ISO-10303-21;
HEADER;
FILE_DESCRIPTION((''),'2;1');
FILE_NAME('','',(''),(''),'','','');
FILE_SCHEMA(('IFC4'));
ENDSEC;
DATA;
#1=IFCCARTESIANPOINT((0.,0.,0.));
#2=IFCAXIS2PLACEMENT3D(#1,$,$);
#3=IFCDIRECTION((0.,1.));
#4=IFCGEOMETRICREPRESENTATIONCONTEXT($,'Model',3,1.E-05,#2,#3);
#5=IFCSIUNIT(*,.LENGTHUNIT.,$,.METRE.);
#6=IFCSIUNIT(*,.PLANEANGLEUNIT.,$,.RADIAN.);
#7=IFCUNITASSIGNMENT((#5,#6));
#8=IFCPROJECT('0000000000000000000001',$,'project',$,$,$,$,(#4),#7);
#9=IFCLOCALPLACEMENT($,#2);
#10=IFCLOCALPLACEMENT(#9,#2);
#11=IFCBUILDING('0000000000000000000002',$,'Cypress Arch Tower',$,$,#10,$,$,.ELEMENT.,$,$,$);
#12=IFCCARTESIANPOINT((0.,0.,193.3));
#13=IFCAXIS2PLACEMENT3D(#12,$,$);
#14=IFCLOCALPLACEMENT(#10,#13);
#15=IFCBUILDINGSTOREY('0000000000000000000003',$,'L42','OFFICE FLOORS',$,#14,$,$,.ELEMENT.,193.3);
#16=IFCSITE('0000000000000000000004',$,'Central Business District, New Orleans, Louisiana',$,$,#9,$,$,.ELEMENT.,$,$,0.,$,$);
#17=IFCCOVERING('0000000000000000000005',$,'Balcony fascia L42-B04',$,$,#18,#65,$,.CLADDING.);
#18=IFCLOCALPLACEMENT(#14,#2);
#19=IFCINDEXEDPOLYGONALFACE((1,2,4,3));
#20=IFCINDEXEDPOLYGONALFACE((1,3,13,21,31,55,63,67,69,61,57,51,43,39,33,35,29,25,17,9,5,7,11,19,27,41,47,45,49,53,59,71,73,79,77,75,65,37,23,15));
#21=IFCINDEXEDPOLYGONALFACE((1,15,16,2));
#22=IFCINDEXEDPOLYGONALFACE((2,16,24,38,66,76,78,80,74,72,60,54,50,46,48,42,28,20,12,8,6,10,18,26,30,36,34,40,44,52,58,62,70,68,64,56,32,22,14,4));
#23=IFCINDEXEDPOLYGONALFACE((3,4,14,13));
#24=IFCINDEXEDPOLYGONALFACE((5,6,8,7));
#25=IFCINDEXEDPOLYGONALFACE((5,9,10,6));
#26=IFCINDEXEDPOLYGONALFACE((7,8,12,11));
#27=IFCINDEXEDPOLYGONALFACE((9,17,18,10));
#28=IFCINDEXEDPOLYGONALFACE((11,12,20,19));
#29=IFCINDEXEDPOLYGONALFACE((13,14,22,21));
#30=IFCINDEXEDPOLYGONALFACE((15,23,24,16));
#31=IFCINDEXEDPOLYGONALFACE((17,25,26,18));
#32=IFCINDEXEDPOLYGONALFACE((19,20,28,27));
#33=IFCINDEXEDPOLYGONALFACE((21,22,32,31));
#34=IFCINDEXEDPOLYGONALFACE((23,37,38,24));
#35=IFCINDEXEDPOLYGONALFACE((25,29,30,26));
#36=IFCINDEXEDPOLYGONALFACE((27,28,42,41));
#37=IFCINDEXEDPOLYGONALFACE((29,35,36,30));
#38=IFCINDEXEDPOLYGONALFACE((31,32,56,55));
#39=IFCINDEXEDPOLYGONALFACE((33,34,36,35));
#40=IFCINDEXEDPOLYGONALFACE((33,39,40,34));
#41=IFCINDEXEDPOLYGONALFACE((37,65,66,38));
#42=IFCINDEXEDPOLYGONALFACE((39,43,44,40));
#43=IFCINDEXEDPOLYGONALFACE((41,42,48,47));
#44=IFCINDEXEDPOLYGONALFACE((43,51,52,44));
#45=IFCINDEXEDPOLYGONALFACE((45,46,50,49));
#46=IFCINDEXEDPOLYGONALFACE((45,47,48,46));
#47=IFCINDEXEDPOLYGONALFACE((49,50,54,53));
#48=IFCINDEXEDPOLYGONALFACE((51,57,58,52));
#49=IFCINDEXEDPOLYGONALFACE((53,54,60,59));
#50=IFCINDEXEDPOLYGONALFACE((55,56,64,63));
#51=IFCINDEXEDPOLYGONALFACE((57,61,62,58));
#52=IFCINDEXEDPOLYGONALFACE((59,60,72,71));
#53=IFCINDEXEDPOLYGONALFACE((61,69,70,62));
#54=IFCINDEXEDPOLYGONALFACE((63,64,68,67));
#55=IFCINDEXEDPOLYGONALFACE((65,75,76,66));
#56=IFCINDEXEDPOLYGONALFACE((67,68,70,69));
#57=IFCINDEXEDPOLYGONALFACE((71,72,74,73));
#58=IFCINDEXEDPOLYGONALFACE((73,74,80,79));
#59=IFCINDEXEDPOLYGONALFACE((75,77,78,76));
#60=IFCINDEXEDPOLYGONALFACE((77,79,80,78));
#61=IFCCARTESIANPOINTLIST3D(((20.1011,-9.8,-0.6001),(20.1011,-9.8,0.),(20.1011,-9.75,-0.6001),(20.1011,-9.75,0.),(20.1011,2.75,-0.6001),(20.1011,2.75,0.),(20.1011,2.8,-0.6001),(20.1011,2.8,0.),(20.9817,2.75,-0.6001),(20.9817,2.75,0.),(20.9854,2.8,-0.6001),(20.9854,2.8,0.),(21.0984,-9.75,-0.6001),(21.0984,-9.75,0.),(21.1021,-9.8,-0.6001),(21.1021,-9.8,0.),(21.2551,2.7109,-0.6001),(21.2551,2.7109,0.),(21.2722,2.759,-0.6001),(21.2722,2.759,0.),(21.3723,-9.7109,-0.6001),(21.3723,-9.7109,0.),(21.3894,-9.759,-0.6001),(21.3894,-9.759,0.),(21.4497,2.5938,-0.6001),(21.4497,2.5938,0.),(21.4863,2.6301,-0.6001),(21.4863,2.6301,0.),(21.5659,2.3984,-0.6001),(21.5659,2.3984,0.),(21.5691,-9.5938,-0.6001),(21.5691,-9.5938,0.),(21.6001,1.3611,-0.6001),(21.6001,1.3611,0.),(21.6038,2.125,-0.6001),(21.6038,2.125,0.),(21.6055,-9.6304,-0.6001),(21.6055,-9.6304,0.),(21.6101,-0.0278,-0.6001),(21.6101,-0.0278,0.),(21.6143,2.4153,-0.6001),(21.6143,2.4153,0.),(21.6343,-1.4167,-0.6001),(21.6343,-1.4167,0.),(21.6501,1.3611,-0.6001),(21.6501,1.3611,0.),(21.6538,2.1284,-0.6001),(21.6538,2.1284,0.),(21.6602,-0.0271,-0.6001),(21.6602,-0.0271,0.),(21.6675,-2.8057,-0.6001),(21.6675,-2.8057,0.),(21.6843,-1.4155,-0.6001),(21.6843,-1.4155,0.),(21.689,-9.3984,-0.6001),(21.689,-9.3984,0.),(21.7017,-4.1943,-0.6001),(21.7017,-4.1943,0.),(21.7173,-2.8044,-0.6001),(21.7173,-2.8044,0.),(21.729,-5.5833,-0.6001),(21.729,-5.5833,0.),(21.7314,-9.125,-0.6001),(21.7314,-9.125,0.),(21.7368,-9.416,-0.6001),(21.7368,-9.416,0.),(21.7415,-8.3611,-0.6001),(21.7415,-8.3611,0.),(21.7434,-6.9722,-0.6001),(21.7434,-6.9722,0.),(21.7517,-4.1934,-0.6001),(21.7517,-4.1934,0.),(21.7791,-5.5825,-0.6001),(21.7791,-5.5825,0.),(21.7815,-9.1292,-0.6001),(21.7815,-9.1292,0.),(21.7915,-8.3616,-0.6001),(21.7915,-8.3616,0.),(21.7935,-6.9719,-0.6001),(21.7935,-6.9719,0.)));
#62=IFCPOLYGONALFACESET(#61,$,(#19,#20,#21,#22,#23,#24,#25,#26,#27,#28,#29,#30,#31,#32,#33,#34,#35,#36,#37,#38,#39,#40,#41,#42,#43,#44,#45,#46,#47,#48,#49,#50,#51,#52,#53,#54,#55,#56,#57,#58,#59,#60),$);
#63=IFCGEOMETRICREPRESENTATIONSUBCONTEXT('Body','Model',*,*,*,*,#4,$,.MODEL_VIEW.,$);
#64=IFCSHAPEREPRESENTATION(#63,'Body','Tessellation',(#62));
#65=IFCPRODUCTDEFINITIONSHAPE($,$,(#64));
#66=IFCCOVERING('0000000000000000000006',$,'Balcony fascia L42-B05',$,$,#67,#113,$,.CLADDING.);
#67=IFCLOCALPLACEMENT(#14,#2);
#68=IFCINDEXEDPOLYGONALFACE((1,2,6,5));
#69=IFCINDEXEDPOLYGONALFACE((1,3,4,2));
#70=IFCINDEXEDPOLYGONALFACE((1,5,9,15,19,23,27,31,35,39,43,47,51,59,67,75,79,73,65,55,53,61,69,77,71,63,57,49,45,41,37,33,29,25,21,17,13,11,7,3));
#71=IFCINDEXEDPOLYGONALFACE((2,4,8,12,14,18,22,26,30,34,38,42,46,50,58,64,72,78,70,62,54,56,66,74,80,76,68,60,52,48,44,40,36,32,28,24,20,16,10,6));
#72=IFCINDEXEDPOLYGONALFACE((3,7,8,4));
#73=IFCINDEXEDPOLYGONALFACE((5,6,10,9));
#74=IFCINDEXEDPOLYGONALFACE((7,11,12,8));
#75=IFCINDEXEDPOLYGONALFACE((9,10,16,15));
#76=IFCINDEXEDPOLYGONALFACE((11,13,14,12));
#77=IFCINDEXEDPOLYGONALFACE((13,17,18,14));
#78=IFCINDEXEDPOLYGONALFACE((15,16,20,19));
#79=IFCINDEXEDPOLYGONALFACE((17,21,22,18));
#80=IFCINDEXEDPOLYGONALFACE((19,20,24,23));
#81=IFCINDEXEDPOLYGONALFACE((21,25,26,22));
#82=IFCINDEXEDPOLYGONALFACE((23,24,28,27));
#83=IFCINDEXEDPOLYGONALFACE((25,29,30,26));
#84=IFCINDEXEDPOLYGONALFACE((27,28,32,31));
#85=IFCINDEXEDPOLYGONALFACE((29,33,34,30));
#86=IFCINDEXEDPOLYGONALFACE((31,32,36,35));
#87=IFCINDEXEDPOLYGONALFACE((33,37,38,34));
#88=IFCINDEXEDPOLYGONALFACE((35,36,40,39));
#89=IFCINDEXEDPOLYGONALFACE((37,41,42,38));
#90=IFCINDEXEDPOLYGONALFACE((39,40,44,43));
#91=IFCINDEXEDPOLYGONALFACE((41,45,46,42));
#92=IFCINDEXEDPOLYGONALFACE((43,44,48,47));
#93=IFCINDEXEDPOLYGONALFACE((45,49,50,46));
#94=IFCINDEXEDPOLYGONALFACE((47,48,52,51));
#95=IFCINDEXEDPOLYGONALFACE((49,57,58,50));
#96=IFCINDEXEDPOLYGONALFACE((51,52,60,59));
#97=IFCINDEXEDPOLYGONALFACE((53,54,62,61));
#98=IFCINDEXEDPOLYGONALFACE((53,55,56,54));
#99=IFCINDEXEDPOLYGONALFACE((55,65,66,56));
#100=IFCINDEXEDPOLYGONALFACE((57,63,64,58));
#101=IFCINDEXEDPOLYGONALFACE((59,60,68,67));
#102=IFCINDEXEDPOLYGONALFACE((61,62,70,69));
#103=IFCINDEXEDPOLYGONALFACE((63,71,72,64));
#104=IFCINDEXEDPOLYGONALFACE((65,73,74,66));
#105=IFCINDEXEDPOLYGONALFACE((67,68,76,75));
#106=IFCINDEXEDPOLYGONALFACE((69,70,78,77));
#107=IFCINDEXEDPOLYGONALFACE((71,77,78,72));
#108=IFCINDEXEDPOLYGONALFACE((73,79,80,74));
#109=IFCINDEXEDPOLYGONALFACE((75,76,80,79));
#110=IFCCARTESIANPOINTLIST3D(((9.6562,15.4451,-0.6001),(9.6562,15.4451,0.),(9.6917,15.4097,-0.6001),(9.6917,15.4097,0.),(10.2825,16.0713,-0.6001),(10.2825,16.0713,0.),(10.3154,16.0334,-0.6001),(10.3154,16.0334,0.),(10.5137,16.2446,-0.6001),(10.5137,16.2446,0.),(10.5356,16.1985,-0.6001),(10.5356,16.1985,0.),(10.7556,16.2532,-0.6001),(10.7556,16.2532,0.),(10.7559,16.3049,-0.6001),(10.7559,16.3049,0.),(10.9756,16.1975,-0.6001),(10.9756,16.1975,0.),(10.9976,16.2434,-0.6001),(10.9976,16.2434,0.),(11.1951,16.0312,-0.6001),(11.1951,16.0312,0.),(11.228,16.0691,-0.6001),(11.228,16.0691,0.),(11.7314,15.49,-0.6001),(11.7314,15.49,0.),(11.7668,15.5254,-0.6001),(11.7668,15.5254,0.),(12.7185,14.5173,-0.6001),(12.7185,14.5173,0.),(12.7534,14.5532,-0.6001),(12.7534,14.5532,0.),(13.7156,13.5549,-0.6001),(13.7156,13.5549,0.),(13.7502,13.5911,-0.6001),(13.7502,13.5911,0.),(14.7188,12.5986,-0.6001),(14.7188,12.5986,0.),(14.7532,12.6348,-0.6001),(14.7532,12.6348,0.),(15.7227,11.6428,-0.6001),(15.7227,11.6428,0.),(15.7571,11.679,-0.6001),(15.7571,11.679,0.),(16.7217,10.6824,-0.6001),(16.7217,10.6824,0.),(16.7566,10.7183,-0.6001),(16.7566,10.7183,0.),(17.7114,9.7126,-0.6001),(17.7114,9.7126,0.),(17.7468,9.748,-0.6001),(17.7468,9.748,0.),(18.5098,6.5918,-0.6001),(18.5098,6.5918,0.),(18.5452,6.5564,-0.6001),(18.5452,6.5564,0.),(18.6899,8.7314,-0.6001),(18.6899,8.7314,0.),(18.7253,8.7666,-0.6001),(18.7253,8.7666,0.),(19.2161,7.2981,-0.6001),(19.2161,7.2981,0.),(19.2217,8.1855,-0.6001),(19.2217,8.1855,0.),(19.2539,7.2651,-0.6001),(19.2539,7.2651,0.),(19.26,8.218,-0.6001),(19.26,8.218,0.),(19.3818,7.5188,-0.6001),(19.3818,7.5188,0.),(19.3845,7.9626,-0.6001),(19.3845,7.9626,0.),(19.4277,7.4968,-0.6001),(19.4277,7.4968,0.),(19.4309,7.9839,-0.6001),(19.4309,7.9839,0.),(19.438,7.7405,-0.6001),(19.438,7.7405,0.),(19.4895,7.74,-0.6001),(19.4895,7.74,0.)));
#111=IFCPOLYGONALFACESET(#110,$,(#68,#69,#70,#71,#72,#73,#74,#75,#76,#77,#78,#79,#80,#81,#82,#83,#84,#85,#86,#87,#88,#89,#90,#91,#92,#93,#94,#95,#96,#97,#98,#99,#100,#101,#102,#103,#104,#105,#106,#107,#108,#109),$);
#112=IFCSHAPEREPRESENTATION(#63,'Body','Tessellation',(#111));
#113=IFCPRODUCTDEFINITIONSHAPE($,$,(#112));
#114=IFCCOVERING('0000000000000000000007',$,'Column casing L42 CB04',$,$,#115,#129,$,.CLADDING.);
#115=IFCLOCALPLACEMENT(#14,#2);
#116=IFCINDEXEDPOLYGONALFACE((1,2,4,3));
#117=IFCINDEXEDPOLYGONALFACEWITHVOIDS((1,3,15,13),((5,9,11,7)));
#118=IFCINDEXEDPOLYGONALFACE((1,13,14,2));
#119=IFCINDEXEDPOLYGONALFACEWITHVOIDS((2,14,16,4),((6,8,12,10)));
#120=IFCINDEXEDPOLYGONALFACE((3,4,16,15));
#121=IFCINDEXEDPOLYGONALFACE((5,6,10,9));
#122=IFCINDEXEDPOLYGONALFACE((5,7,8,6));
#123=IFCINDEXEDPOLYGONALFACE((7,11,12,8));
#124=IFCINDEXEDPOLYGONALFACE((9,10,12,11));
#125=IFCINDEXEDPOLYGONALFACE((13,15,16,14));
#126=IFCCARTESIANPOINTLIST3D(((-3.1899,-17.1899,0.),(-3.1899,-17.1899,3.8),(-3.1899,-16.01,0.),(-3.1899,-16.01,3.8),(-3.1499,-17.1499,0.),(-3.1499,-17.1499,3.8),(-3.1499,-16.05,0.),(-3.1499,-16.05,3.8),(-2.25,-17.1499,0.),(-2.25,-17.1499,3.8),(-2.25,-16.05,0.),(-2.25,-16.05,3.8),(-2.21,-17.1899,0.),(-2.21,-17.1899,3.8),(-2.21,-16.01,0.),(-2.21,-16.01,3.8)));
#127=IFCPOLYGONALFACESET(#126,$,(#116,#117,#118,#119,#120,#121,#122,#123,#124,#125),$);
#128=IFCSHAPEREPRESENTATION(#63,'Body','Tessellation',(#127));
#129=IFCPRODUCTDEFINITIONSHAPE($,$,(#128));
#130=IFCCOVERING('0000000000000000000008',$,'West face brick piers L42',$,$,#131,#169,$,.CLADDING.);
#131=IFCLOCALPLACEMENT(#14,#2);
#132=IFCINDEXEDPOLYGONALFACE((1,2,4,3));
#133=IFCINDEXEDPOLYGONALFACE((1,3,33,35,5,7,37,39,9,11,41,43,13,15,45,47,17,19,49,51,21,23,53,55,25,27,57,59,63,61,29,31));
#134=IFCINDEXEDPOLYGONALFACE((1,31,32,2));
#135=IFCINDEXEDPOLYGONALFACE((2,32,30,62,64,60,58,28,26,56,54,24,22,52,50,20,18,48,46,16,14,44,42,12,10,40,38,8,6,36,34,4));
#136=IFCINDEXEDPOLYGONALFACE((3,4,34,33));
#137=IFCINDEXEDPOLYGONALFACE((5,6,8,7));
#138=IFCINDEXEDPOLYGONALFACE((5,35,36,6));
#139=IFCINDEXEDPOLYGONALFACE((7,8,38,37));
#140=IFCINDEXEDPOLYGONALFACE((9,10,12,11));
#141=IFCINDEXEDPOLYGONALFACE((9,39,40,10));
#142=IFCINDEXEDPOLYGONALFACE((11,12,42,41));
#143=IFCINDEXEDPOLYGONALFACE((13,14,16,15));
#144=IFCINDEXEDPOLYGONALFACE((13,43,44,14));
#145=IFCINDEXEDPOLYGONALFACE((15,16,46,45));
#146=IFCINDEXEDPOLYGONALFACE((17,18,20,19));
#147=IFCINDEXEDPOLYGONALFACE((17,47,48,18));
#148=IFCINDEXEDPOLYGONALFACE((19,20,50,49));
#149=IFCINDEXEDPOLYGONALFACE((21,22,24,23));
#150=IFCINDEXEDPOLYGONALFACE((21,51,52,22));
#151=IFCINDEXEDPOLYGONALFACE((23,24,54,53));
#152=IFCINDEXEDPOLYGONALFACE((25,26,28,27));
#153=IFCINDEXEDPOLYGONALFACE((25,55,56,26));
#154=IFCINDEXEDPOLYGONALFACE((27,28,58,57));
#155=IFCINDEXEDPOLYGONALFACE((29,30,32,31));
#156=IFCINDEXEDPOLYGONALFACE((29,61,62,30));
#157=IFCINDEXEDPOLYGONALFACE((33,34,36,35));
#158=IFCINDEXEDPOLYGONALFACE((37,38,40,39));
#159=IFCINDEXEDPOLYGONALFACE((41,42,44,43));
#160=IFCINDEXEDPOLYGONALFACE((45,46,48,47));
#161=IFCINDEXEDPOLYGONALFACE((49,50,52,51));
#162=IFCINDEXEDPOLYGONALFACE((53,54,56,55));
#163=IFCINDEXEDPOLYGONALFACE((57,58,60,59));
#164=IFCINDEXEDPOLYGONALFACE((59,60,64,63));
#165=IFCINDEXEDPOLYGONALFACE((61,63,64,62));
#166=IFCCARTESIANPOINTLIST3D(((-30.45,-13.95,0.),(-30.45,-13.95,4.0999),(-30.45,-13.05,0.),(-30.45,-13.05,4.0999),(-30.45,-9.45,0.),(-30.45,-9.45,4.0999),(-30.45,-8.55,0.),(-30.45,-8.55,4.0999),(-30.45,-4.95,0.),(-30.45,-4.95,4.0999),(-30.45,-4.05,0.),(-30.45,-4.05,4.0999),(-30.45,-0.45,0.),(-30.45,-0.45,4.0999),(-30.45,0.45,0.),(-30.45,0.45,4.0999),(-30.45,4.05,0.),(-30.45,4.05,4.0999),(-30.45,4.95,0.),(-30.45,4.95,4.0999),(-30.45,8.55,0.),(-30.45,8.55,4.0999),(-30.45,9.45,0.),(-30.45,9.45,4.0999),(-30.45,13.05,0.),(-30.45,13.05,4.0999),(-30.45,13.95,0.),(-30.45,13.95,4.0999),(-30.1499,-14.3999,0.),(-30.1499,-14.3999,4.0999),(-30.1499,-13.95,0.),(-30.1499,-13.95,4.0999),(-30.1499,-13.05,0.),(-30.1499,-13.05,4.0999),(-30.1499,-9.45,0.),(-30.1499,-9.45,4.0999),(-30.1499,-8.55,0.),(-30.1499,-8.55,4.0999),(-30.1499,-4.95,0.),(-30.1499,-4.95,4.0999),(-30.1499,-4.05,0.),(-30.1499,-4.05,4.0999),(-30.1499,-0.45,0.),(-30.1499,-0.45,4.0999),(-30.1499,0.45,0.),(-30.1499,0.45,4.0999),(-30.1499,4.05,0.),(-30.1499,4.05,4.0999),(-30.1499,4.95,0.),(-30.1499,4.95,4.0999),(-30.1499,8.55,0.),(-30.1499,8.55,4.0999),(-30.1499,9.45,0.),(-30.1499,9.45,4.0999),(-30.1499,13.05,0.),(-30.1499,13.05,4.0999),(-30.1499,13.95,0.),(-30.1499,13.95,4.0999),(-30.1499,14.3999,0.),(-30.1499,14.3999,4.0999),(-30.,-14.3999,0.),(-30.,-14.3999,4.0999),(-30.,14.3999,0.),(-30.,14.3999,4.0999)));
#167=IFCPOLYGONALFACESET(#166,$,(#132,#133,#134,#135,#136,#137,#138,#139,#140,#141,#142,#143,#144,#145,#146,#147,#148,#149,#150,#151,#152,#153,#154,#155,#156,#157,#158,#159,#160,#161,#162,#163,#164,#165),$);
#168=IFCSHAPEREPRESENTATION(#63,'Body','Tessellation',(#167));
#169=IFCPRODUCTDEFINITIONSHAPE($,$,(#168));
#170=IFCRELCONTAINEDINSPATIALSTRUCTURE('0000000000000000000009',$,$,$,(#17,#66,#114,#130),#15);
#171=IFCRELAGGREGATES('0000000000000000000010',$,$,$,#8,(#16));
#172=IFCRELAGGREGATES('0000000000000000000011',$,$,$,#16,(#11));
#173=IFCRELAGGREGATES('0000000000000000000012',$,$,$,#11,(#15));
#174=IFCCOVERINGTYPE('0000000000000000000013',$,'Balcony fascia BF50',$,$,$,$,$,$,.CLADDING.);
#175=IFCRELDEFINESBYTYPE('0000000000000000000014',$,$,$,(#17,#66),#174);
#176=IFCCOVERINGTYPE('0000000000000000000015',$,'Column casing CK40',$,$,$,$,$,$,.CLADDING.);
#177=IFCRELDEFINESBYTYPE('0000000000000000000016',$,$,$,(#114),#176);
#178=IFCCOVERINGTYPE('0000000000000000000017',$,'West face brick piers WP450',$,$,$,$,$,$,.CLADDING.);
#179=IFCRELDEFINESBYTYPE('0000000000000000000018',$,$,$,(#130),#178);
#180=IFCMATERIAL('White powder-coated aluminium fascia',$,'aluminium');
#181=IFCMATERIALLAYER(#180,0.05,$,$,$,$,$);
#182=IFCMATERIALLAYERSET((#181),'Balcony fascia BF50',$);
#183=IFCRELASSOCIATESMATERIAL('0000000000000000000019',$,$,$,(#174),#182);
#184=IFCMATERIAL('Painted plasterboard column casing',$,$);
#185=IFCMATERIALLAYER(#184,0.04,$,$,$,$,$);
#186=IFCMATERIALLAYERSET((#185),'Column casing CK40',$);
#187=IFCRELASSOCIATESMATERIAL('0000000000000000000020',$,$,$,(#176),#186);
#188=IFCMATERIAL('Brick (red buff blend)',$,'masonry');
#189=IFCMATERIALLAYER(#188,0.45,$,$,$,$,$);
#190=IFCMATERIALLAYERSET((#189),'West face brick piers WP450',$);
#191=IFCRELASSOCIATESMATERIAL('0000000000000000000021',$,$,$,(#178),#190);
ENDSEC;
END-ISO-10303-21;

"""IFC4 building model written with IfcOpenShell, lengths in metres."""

from ifc_helpers import new_model, si_unit, direction, frame, origin, place, context, subcontext, project, spatial, polyline, outline, extrude, material, layer, layer_set, type_object, element, save


model = new_model("IFC4")

# Units and contexts
model_context = context("Model", 3, precision=1e-05, world=origin(), true_north=direction((0.0, 1.0)))
body_context = subcontext(model_context, "Body", "Model", "MODEL_VIEW")
ifc_project = project(units=[si_unit("LENGTHUNIT", "METRE"), si_unit("PLANEANGLEUNIT", "RADIAN")], contexts=[model_context])

# Site, building, storey
site_placement = place(None, origin())
site = spatial("IfcSite", under=ifc_project, at=site_placement, Name="Central Business District, New Orleans, Louisiana", CompositionType="ELEMENT", RefElevation=0.0)
building_placement = place(site_placement, origin())
building = spatial("IfcBuilding", under=site, at=building_placement, Name="Cypress Arch Tower", CompositionType="ELEMENT")
storey_placement = place(building_placement, frame((0.0, 0.0, 193.3)))
storey = spatial("IfcBuildingStorey", under=building, at=storey_placement, Name="L42", Description="OFFICE FLOORS", CompositionType="ELEMENT", Elevation=193.3)

# Coverings
ifc_material_1 = material(Name="White powder-coated aluminium fascia", Category="aluminium")
ifc_layer_1 = layer(ifc_material_1, 0.05)
ifc_layer_set_1 = layer_set([ifc_layer_1], Name="Balcony fascia BF50")
covering_type_1 = type_object("IfcCoveringType", Name="Balcony fascia BF50", PredefinedType="CLADDING", material=ifc_layer_set_1)
covering_1_placement = place(storey_placement, frame((0.0, 0.0, -0.6001)))
element("IfcCovering", 1, at=covering_1_placement, inside=storey, type_object=covering_type_1, Name="Balcony fascia L42-B04", PredefinedType="CLADDING", context=body_context, shape_type="SweptSolid", body=[
    extrude(outline(polyline([(20.9854, 2.8), (21.2722, 2.759), (21.4863, 2.6301), (21.6143, 2.4153), (21.6538, 2.1284), (21.6501, 1.3611), (21.6602, -0.0271), (21.6843, -1.4155), (21.7173, -2.8044), (21.7517, -4.1934), (21.7791, -5.5825), (21.7935, -6.9719), (21.7915, -8.3616), (21.7815, -9.1292), (21.7368, -9.416), (21.6055, -9.6304), (21.3894, -9.759), (21.1021, -9.8), (20.1011, -9.8), (20.1011, -9.75), (21.0984, -9.75), (21.3723, -9.7109), (21.5691, -9.5938), (21.689, -9.3984), (21.7314, -9.125), (21.7415, -8.3611), (21.7434, -6.9722), (21.729, -5.5833), (21.7017, -4.1943), (21.6675, -2.8057), (21.6343, -1.4167), (21.6101, -0.0278), (21.6001, 1.3611), (21.6038, 2.125), (21.5659, 2.3984), (21.4497, 2.5938), (21.2551, 2.7109), (20.9817, 2.75), (20.1011, 2.75), (20.1011, 2.8), (20.9854, 2.8)])), origin(), (0.0, 0.0, 1.0), 0.6001),
])
covering_2_placement = place(storey_placement, frame((0.0, 0.0, -0.6001)))
element("IfcCovering", 2, at=covering_2_placement, inside=storey, type_object=covering_type_1, Name="Balcony fascia L42-B05", PredefinedType="CLADDING", context=body_context, shape_type="SweptSolid", body=[
    extrude(outline(polyline([(10.2825, 16.0713), (10.5137, 16.2446), (10.7559, 16.3049), (10.9976, 16.2434), (11.228, 16.0691), (11.7668, 15.5254), (12.7534, 14.5532), (13.7502, 13.5911), (14.7532, 12.6348), (15.7571, 11.679), (16.7566, 10.7183), (17.7468, 9.748), (18.7253, 8.7666), (19.26, 8.218), (19.4309, 7.9839), (19.4895, 7.74), (19.4277, 7.4968), (19.2539, 7.2651), (18.5452, 6.5564), (18.5098, 6.5918), (19.2161, 7.2981), (19.3818, 7.5188), (19.438, 7.7405), (19.3845, 7.9626), (19.2217, 8.1855), (18.6899, 8.7314), (17.7114, 9.7126), (16.7217, 10.6824), (15.7227, 11.6428), (14.7188, 12.5986), (13.7156, 13.5549), (12.7185, 14.5173), (11.7314, 15.49), (11.1951, 16.0312), (10.9756, 16.1975), (10.7556, 16.2532), (10.5356, 16.1985), (10.3154, 16.0334), (9.6917, 15.4097), (9.6562, 15.4451), (10.2825, 16.0713)])), origin(), (0.0, 0.0, 1.0), 0.6001),
])
ifc_material_2 = material(Name="Painted plasterboard column casing")
ifc_layer_2 = layer(ifc_material_2, 0.04)
ifc_layer_set_2 = layer_set([ifc_layer_2], Name="Column casing CK40")
covering_type_2 = type_object("IfcCoveringType", Name="Column casing CK40", PredefinedType="CLADDING", material=ifc_layer_set_2)
covering_3_placement = place(storey_placement, origin())
element("IfcCovering", 3, at=covering_3_placement, inside=storey, type_object=covering_type_2, Name="Column casing L42 CB04", PredefinedType="CLADDING", context=body_context, shape_type="SweptSolid", body=[
    extrude(outline(polyline([(-3.1899, -17.1899), (-3.1899, -16.01), (-2.21, -16.01), (-2.21, -17.1899), (-3.1899, -17.1899)]), holes=[polyline([(-3.1499, -17.1499), (-2.25, -17.1499), (-2.25, -16.05), (-3.1499, -16.05), (-3.1499, -17.1499)])]), origin(), (0.0, 0.0, 1.0), 3.8),
])
ifc_material_3 = material(Name="Brick (red buff blend)", Category="masonry")
ifc_layer_3 = layer(ifc_material_3, 0.45)
ifc_layer_set_3 = layer_set([ifc_layer_3], Name="West face brick piers WP450")
covering_type_3 = type_object("IfcCoveringType", Name="West face brick piers WP450", PredefinedType="CLADDING", material=ifc_layer_set_3)
covering_4_placement = place(storey_placement, origin())
element("IfcCovering", 4, at=covering_4_placement, inside=storey, type_object=covering_type_3, Name="West face brick piers L42", PredefinedType="CLADDING", context=body_context, shape_type="SweptSolid", body=[
    extrude(outline(polyline([(-30.1499, -13.05), (-30.1499, -9.45), (-30.45, -9.45), (-30.45, -8.55), (-30.1499, -8.55), (-30.1499, -4.95), (-30.45, -4.95), (-30.45, -4.05), (-30.1499, -4.05), (-30.1499, -0.45), (-30.45, -0.45), (-30.45, 0.45), (-30.1499, 0.45), (-30.1499, 4.05), (-30.45, 4.05), (-30.45, 4.95), (-30.1499, 4.95), (-30.1499, 8.55), (-30.45, 8.55), (-30.45, 9.45), (-30.1499, 9.45), (-30.1499, 13.05), (-30.45, 13.05), (-30.45, 13.95), (-30.1499, 13.95), (-30.1499, 14.3999), (-30.0, 14.3999), (-30.0, -14.3999), (-30.1499, -14.3999), (-30.1499, -13.95), (-30.45, -13.95), (-30.45, -13.05), (-30.1499, -13.05)])), origin(), (0.0, 0.0, 1.0), 4.0999),
])

save(model, "model.ifc")
